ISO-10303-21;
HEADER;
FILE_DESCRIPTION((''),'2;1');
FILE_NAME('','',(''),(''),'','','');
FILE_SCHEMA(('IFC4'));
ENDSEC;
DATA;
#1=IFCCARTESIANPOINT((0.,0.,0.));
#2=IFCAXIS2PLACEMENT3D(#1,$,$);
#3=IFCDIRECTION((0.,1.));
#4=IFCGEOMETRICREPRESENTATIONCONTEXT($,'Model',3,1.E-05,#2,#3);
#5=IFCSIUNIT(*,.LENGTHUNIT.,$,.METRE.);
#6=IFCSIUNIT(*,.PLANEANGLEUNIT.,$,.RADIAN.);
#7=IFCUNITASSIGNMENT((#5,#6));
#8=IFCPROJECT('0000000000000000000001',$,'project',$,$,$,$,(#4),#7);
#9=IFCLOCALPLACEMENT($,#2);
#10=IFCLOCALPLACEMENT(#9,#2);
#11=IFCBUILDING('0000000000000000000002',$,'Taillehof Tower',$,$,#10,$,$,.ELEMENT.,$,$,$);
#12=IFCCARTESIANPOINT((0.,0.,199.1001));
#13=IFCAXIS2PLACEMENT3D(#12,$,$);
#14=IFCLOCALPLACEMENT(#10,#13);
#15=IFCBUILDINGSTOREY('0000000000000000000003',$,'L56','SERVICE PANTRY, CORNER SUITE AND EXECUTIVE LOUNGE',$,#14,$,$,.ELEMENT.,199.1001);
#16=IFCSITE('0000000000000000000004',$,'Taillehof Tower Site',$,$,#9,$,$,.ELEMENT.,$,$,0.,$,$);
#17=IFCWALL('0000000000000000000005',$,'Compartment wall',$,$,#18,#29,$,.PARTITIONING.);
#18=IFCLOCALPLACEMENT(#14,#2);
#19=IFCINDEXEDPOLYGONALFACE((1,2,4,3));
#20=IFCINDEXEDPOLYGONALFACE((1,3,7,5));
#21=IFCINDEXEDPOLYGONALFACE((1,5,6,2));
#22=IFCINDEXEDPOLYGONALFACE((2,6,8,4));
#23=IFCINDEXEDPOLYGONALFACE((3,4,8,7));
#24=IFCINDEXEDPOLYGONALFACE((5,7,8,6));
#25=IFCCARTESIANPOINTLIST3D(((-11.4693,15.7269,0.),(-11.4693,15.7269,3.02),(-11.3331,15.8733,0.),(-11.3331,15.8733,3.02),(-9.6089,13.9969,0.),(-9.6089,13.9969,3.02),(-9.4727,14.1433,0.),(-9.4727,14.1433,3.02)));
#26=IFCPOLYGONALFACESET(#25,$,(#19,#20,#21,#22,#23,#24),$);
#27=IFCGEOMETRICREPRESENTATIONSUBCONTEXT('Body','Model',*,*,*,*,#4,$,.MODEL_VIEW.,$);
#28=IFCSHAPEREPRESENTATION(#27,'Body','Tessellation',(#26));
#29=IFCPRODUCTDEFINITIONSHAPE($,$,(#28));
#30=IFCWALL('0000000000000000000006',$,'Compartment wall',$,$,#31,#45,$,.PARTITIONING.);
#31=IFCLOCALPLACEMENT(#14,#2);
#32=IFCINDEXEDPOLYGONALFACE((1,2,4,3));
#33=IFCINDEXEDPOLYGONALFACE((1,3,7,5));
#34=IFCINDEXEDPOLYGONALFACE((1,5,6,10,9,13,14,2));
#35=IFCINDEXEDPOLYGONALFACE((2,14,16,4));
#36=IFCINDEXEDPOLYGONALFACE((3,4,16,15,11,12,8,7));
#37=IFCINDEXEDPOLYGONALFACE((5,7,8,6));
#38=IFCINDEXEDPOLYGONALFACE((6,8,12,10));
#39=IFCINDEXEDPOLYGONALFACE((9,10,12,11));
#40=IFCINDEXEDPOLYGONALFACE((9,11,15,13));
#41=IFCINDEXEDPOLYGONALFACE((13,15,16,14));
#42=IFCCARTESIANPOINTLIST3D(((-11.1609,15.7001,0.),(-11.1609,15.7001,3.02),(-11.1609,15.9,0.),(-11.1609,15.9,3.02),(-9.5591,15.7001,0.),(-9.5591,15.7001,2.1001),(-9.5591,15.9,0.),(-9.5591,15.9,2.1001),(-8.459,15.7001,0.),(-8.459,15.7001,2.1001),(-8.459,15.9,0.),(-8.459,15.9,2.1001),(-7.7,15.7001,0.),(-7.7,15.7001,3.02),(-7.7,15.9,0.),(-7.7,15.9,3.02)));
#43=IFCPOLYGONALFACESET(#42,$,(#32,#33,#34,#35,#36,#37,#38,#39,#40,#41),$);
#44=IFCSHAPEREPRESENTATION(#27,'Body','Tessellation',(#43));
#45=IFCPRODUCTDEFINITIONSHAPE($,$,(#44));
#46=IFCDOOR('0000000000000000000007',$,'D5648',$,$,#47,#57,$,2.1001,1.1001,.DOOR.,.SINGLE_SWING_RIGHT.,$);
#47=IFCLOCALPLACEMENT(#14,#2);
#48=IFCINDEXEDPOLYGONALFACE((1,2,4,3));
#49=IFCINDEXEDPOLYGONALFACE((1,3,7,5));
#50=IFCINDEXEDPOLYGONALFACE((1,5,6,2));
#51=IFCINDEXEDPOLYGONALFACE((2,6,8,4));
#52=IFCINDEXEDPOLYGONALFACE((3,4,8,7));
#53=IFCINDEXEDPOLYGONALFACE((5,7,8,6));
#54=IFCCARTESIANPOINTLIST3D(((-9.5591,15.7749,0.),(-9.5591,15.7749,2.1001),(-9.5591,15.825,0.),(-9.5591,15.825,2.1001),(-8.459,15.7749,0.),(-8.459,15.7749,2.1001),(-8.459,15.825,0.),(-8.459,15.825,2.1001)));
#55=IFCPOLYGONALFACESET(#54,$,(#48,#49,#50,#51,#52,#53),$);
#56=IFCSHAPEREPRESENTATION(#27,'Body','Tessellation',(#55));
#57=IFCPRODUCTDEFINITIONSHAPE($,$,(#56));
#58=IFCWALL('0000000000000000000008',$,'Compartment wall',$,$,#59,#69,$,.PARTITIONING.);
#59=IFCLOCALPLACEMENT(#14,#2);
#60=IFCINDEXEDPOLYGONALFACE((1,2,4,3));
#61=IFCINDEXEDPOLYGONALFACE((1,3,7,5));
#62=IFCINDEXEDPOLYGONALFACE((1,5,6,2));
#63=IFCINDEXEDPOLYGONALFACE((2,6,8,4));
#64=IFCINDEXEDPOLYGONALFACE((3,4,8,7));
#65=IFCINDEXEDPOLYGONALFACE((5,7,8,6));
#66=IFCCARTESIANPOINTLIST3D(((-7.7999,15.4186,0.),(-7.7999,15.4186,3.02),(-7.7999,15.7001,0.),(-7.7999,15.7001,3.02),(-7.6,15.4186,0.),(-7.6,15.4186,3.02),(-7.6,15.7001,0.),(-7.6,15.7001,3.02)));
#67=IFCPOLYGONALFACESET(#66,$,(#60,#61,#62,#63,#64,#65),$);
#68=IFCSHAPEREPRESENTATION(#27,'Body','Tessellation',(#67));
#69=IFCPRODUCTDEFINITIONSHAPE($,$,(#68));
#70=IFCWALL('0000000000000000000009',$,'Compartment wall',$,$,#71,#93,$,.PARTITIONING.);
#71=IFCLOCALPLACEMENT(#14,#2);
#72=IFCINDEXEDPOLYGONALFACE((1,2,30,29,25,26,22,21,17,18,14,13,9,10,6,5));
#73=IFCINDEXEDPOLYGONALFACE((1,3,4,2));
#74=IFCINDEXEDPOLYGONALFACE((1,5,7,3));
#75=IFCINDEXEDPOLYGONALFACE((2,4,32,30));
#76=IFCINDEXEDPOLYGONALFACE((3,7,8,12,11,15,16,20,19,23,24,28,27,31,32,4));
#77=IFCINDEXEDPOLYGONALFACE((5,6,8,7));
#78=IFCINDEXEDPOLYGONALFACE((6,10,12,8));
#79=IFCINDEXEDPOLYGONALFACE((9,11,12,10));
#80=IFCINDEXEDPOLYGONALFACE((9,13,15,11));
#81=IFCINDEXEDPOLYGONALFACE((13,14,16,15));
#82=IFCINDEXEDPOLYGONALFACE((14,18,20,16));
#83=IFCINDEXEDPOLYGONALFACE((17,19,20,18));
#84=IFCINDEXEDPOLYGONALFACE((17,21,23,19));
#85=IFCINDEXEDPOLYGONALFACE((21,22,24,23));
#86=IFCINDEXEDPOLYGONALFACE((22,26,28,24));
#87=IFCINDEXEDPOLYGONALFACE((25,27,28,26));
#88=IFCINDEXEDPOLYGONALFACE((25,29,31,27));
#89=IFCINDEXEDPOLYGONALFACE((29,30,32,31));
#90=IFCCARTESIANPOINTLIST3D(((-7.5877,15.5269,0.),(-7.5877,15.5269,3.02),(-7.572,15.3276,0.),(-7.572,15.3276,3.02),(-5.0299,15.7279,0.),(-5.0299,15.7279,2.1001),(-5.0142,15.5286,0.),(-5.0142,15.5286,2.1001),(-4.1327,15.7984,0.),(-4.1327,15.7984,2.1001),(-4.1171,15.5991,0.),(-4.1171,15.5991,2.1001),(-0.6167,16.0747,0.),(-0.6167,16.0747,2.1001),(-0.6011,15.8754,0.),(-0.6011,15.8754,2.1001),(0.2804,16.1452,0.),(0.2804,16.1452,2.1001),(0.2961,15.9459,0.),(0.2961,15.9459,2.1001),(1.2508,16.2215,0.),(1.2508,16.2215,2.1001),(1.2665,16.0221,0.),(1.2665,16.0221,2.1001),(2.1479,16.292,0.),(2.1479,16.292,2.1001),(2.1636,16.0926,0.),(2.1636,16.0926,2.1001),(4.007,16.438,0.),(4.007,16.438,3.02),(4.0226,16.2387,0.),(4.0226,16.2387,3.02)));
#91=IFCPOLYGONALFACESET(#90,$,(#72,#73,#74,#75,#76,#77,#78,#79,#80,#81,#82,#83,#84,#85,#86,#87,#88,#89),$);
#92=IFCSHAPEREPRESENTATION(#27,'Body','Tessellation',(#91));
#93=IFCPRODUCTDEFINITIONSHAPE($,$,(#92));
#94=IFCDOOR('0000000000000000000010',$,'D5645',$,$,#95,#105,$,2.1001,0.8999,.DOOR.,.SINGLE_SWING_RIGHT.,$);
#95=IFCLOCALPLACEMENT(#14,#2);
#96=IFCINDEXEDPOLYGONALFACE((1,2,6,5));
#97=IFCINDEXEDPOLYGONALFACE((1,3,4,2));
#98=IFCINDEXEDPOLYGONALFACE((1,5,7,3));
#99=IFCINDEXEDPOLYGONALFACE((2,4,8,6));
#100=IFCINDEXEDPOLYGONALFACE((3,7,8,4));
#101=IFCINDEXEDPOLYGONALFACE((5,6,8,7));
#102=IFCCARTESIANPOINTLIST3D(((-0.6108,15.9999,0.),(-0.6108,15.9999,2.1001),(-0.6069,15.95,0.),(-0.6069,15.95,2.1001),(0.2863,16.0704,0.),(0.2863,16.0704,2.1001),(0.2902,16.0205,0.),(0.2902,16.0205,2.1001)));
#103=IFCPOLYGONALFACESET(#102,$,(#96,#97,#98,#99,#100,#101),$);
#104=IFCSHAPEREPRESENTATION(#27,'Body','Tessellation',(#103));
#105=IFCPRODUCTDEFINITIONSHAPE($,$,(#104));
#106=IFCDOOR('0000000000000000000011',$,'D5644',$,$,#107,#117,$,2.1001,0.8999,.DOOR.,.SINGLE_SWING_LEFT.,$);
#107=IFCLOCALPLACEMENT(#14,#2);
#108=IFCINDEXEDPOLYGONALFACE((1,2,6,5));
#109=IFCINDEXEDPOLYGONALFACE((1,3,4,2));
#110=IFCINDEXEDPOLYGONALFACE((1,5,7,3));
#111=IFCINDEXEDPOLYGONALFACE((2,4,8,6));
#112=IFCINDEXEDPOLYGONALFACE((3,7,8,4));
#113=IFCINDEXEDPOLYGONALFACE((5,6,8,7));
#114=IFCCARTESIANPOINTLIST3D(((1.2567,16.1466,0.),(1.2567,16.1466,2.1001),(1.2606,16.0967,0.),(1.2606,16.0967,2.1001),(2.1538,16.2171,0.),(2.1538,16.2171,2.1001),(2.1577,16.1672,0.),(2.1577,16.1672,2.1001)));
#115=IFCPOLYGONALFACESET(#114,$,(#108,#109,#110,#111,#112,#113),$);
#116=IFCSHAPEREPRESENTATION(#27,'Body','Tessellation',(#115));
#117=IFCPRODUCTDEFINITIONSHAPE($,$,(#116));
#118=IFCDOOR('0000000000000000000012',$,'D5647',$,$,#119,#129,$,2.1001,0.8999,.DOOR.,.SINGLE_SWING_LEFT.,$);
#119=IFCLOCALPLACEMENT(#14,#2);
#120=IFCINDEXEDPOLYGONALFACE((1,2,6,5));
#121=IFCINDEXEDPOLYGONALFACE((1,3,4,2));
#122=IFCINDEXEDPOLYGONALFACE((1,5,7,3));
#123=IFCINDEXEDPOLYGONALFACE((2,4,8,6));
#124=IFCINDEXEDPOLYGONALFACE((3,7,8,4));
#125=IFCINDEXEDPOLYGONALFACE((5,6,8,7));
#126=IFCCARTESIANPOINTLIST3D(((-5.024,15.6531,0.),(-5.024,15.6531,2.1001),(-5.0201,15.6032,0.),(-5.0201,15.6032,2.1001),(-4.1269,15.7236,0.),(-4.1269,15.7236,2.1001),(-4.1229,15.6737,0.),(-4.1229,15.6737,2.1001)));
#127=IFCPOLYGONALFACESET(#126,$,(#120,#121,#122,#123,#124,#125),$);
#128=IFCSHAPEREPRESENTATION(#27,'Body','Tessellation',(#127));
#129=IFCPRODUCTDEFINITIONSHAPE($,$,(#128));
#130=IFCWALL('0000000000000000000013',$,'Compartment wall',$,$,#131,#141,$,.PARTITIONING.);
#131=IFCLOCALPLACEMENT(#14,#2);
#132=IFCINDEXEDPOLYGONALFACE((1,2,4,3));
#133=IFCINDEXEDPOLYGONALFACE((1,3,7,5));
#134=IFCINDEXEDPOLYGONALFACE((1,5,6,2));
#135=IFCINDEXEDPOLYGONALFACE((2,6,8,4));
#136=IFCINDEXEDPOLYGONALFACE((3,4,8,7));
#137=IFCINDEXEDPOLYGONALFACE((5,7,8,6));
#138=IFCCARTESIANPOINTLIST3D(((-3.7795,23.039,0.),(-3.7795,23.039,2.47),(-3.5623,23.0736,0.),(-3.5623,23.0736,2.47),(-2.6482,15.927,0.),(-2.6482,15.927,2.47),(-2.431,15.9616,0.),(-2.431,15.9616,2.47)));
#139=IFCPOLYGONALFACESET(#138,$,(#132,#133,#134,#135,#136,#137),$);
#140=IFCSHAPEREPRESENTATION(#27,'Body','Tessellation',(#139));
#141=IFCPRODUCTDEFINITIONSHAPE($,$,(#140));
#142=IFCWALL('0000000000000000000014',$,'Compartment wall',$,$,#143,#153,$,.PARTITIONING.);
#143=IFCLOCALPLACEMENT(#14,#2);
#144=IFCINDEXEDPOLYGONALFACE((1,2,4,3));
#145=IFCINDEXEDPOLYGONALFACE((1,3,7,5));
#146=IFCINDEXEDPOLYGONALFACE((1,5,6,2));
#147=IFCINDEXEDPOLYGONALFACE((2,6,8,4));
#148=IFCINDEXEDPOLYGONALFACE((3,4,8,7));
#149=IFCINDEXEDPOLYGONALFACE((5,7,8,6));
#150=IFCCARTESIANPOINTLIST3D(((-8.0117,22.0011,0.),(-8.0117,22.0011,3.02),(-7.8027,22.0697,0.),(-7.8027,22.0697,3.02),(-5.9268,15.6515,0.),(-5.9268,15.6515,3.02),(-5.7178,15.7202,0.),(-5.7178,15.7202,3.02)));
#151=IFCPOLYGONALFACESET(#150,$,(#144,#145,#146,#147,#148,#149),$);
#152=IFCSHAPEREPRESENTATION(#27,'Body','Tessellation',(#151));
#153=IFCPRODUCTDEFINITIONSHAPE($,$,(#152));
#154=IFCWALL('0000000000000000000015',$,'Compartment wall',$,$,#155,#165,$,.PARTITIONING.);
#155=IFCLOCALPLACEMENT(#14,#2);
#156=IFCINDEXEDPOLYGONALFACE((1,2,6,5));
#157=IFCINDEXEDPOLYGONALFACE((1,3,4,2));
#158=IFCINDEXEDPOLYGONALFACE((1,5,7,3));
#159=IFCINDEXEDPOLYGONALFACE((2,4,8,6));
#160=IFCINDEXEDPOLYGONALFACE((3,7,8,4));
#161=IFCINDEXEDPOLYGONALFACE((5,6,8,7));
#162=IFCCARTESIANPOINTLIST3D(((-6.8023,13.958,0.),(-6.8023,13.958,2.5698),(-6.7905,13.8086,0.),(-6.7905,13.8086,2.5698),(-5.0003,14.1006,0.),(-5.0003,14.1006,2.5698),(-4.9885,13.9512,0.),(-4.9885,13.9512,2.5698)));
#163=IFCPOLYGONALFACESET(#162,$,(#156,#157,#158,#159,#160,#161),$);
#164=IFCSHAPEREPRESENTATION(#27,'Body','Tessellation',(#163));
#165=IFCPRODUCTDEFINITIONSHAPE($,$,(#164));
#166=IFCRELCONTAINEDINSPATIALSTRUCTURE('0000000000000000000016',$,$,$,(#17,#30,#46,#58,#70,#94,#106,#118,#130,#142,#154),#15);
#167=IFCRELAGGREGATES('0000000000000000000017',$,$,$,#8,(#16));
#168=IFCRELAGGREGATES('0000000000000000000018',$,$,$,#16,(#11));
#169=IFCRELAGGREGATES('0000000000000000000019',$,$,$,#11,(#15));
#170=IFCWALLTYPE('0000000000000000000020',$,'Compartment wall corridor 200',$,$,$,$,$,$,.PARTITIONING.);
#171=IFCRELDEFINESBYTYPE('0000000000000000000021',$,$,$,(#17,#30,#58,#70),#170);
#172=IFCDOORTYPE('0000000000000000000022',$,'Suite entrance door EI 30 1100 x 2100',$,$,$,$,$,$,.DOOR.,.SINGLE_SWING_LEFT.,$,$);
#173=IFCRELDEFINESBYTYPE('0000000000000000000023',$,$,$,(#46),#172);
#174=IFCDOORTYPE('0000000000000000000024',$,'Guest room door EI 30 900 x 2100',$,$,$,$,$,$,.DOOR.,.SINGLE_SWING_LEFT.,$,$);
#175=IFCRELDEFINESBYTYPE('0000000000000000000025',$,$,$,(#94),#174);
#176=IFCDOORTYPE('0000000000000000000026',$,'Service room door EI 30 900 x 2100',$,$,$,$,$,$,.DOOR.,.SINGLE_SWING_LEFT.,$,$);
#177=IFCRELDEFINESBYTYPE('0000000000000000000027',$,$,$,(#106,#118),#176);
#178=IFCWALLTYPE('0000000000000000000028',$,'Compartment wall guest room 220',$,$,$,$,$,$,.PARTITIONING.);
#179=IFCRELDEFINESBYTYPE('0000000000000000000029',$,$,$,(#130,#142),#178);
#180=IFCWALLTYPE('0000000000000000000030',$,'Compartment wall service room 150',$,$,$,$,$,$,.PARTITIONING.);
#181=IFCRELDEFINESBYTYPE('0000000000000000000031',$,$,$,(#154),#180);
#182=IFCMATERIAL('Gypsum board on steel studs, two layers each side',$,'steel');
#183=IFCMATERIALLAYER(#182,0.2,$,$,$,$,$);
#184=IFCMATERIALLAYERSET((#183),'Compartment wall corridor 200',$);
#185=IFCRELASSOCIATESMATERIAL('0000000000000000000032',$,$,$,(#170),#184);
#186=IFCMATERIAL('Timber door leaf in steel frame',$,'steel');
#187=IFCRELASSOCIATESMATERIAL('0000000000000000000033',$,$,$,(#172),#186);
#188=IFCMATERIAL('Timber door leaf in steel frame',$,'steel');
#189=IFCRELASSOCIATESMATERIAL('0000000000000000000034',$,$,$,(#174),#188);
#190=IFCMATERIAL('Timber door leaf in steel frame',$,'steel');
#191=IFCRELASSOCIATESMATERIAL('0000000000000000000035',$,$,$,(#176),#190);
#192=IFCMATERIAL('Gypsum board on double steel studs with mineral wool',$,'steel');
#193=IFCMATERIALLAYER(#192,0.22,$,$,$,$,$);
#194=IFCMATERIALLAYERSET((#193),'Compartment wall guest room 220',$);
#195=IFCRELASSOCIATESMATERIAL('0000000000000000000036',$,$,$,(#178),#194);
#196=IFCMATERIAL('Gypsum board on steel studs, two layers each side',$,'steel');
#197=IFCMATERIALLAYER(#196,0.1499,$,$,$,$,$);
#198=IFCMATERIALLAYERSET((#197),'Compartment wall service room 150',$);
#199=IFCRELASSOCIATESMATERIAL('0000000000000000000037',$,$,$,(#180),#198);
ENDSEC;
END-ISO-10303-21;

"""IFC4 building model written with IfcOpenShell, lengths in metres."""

from ifc_helpers import new_model, si_unit, direction, frame, frame_2d, origin, place, context, subcontext, project, spatial, rectangle, extrude, material, layer, layer_set, type_object, element, fill, save


model = new_model("IFC4")

# Units and contexts
model_context = context("Model", 3, precision=1e-05, world=origin(), true_north=direction((0.0, 1.0)))
body_context = subcontext(model_context, "Body", "Model", "MODEL_VIEW")
ifc_project = project(units=[si_unit("LENGTHUNIT", "METRE"), si_unit("PLANEANGLEUNIT", "RADIAN")], contexts=[model_context])

# Site, building, storey
site_placement = place(None, origin())
site = spatial("IfcSite", under=ifc_project, at=site_placement, Name="Taillehof Tower Site", CompositionType="ELEMENT", RefElevation=0.0)
building_placement = place(site_placement, origin())
building = spatial("IfcBuilding", under=site, at=building_placement, Name="Taillehof Tower", CompositionType="ELEMENT")
storey_placement = place(building_placement, frame((0.0, 0.0, 199.1001)))
storey = spatial("IfcBuildingStorey", under=building, at=storey_placement, Name="L56", Description="SERVICE PANTRY, CORNER SUITE AND EXECUTIVE LOUNGE", CompositionType="ELEMENT", Elevation=199.1001)

# Wall
ifc_material_1 = material(Name="Gypsum board on steel studs, two layers each side", Category="steel")
ifc_layer_1 = layer(ifc_material_1, 0.2)
ifc_layer_set_1 = layer_set([ifc_layer_1], Name="Compartment wall corridor 200")
wall_type_1 = type_object("IfcWallType", Name="Compartment wall corridor 200", PredefinedType="PARTITIONING", material=ifc_layer_set_1)
wall_1_placement = place(storey_placement, frame((-9.5408, 14.0701, 0.0), z_axis=(0.0, 0.0, 1.0), x_axis=(-0.7323, 0.680982, 0.0)))
element("IfcWall", 1, at=wall_1_placement, inside=storey, type_object=wall_type_1, Name="Compartment wall", PredefinedType="PARTITIONING", context=body_context, shape_type="SweptSolid", body=[
    extrude(rectangle(XDim=2.5405, YDim=0.2, at=frame_2d((1.2703, 0.0))), origin(), (0.0, 0.0, 1.0), 3.02),
])

# Wall, opening, door
wall_2_placement = place(storey_placement, frame((-11.1609, 15.8, 0.0), z_axis=(0.0, 0.0, 1.0), x_axis=(1.0, 0.0, 0.0)))
wall_2 = element("IfcWall", 2, at=wall_2_placement, inside=storey, type_object=wall_type_1, Name="Compartment wall", PredefinedType="PARTITIONING", context=body_context, shape_type="SweptSolid", body=[
    extrude(rectangle(XDim=3.4609, YDim=0.2, at=frame_2d((1.7305, 0.0))), origin(), (0.0, 0.0, 1.0), 3.02),
])
opening_1_placement = place(wall_2_placement, frame((1.6018, 0.0, 0.0)))
opening_1 = element("IfcOpeningElement", 3, at=opening_1_placement, cuts=wall_2, PredefinedType="OPENING", context=body_context, shape_type="SweptSolid", body=[
    extrude(rectangle(XDim=1.1001, YDim=2.1001, at=frame_2d((0.55, 1.05))), frame((0.0, 0.1099, 0.0), z_axis=(0.0, -1.0, 0.0), x_axis=(1.0, 0.0, 0.0)), (0.0, 0.0, 1.0), 0.22),
])
ifc_material_2 = material(Name="Timber door leaf in steel frame", Category="steel")
door_type_1 = type_object("IfcDoorType", Name="Suite entrance door EI 30 1100 x 2100", OperationType="SINGLE_SWING_LEFT", PredefinedType="DOOR", material=ifc_material_2)
door_1_placement = place(opening_1_placement, origin())
door_1 = element("IfcDoor", 4, at=door_1_placement, inside=storey, type_object=door_type_1, Name="D5648", OperationType="SINGLE_SWING_RIGHT", OverallHeight=2.1001, OverallWidth=1.1001, PredefinedType="DOOR", context=body_context, shape_type="SweptSolid", body=[
    extrude(rectangle(XDim=1.1001, YDim=2.1001, at=frame_2d((0.55, 1.05))), frame((0.0, 0.0249, 0.0), z_axis=(0.0, -1.0, 0.0), x_axis=(1.0, 0.0, 0.0)), (0.0, 0.0, 1.0), 0.05),
])
fill(opening_1, door_1)

# Wall
wall_3_placement = place(storey_placement, frame((-7.7, 15.7, 0.0), z_axis=(0.0, 0.0, 1.0), x_axis=(0.0, -1.0, 0.0)))
element("IfcWall", 5, at=wall_3_placement, inside=storey, type_object=wall_type_1, Name="Compartment wall", PredefinedType="PARTITIONING", context=body_context, shape_type="SweptSolid", body=[
    extrude(rectangle(XDim=0.2815, YDim=0.2, at=frame_2d((0.1406, 0.0))), origin(), (0.0, 0.0, 1.0), 3.02),
])

# Wall, openings, doors
wall_4_placement = place(storey_placement, frame((-7.5798, 15.4272, 0.0), z_axis=(0.0, 0.0, 1.0), x_axis=(0.996927, 0.07834, 0.0)))
wall_4 = element("IfcWall", 6, at=wall_4_placement, inside=storey, type_object=wall_type_1, Name="Compartment wall", PredefinedType="PARTITIONING", context=body_context, shape_type="SweptSolid", body=[
    extrude(rectangle(XDim=11.6304, YDim=0.2, at=frame_2d((5.8152, 0.0))), origin(), (0.0, 0.0, 1.0), 3.02),
])
opening_2_placement = place(wall_4_placement, frame((8.8657, 0.0, 0.0)))
opening_2 = element("IfcOpeningElement", 7, at=opening_2_placement, cuts=wall_4, PredefinedType="OPENING", context=body_context, shape_type="SweptSolid", body=[
    extrude(rectangle(XDim=0.8999, YDim=2.1001, at=frame_2d((0.45, 1.05))), frame((0.0, 0.1099, 0.0), z_axis=(0.0, -1.0, 0.0), x_axis=(1.0, 0.0, 0.0)), (0.0, 0.0, 1.0), 0.22),
])
opening_3_placement = place(wall_4_placement, frame((6.9924, 0.0, 0.0)))
opening_3 = element("IfcOpeningElement", 8, at=opening_3_placement, cuts=wall_4, PredefinedType="OPENING", context=body_context, shape_type="SweptSolid", body=[
    extrude(rectangle(XDim=0.8999, YDim=2.1001, at=frame_2d((0.45, 1.05))), frame((0.0, 0.1099, 0.0), z_axis=(0.0, -1.0, 0.0), x_axis=(1.0, 0.0, 0.0)), (0.0, 0.0, 1.0), 0.22),
])
opening_4_placement = place(wall_4_placement, frame((2.5657, 0.0, 0.0)))
opening_4 = element("IfcOpeningElement", 9, at=opening_4_placement, cuts=wall_4, PredefinedType="OPENING", context=body_context, shape_type="SweptSolid", body=[
    extrude(rectangle(XDim=0.8999, YDim=2.1001, at=frame_2d((0.45, 1.05))), frame((0.0, 0.1099, 0.0), z_axis=(0.0, -1.0, 0.0), x_axis=(1.0, 0.0, 0.0)), (0.0, 0.0, 1.0), 0.22),
])
ifc_material_3 = material(Name="Timber door leaf in steel frame", Category="steel")
door_type_2 = type_object("IfcDoorType", Name="Guest room door EI 30 900 x 2100", OperationType="SINGLE_SWING_LEFT", PredefinedType="DOOR", material=ifc_material_3)
door_2_placement = place(opening_3_placement, origin())
door_2 = element("IfcDoor", 10, at=door_2_placement, inside=storey, type_object=door_type_2, Name="D5645", OperationType="SINGLE_SWING_RIGHT", OverallHeight=2.1001, OverallWidth=0.8999, PredefinedType="DOOR", context=body_context, shape_type="SweptSolid", body=[
    extrude(rectangle(XDim=0.8999, YDim=2.1001, at=frame_2d((0.45, 1.05))), frame((0.0, 0.0249, 0.0), z_axis=(0.0, -1.0, 0.0), x_axis=(1.0, 0.0, 0.0)), (0.0, 0.0, 1.0), 0.05),
])
fill(opening_3, door_2)
ifc_material_4 = material(Name="Timber door leaf in steel frame", Category="steel")
door_type_3 = type_object("IfcDoorType", Name="Service room door EI 30 900 x 2100", OperationType="SINGLE_SWING_LEFT", PredefinedType="DOOR", material=ifc_material_4)
door_3_placement = place(opening_2_placement, origin())
door_3 = element("IfcDoor", 11, at=door_3_placement, inside=storey, type_object=door_type_3, Name="D5644", OperationType="SINGLE_SWING_LEFT", OverallHeight=2.1001, OverallWidth=0.8999, PredefinedType="DOOR", context=body_context, shape_type="SweptSolid", body=[
    extrude(rectangle(XDim=0.8999, YDim=2.1001, at=frame_2d((0.45, 1.05))), frame((0.0, 0.0249, 0.0), z_axis=(0.0, -1.0, 0.0), x_axis=(1.0, 0.0, 0.0)), (0.0, 0.0, 1.0), 0.05),
])
fill(opening_2, door_3)
door_4_placement = place(opening_4_placement, origin())
door_4 = element("IfcDoor", 12, at=door_4_placement, inside=storey, type_object=door_type_3, Name="D5647", OperationType="SINGLE_SWING_LEFT", OverallHeight=2.1001, OverallWidth=0.8999, PredefinedType="DOOR", context=body_context, shape_type="SweptSolid", body=[
    extrude(rectangle(XDim=0.8999, YDim=2.1001, at=frame_2d((0.45, 1.05))), frame((0.0, 0.0249, 0.0), z_axis=(0.0, -1.0, 0.0), x_axis=(1.0, 0.0, 0.0)), (0.0, 0.0, 1.0), 0.05),
])
fill(opening_4, door_4)

# Walls
ifc_material_5 = material(Name="Gypsum board on double steel studs with mineral wool", Category="steel")
ifc_layer_2 = layer(ifc_material_5, 0.22)
ifc_layer_set_2 = layer_set([ifc_layer_2], Name="Compartment wall guest room 220")
wall_type_2 = type_object("IfcWallType", Name="Compartment wall guest room 220", PredefinedType="PARTITIONING", material=ifc_layer_set_2)
wall_5_placement = place(storey_placement, frame((-3.6709, 23.0562, 0.0), z_axis=(0.0, 0.0, 1.0), x_axis=(0.157099, -0.987583, 0.0)))
element("IfcWall", 13, at=wall_5_placement, inside=storey, type_object=wall_type_2, Name="Compartment wall", PredefinedType="PARTITIONING", context=body_context, shape_type="SweptSolid", body=[
    extrude(rectangle(XDim=7.2014, YDim=0.22, at=frame_2d((3.6006, 0.0))), origin(), (0.0, 0.0, 1.0), 2.47),
])
wall_6_placement = place(storey_placement, frame((-7.9072, 22.0354, 0.0), z_axis=(0.0, 0.0, 1.0), x_axis=(0.311972, -0.950091, 0.0)))
element("IfcWall", 14, at=wall_6_placement, inside=storey, type_object=wall_type_2, Name="Compartment wall", PredefinedType="PARTITIONING", context=body_context, shape_type="SweptSolid", body=[
    extrude(rectangle(XDim=6.6831, YDim=0.22, at=frame_2d((3.3416, 0.0))), origin(), (0.0, 0.0, 1.0), 3.02),
])
ifc_material_6 = material(Name="Gypsum board on steel studs, two layers each side", Category="steel")
ifc_layer_3 = layer(ifc_material_6, 0.1499)
ifc_layer_set_3 = layer_set([ifc_layer_3], Name="Compartment wall service room 150")
wall_type_3 = type_object("IfcWallType", Name="Compartment wall service room 150", PredefinedType="PARTITIONING", material=ifc_layer_set_3)
wall_7_placement = place(storey_placement, frame((-6.7964, 13.8833, 0.0), z_axis=(0.0, 0.0, 1.0), x_axis=(0.996884, 0.078876, 0.0)))
element("IfcWall", 15, at=wall_7_placement, inside=storey, type_object=wall_type_3, Name="Compartment wall", PredefinedType="PARTITIONING", context=body_context, shape_type="SweptSolid", body=[
    extrude(rectangle(XDim=1.8076, YDim=0.1499, at=frame_2d((0.9038, 0.0))), origin(), (0.0, 0.0, 1.0), 2.5698),
])

save(model, "model.ifc")
